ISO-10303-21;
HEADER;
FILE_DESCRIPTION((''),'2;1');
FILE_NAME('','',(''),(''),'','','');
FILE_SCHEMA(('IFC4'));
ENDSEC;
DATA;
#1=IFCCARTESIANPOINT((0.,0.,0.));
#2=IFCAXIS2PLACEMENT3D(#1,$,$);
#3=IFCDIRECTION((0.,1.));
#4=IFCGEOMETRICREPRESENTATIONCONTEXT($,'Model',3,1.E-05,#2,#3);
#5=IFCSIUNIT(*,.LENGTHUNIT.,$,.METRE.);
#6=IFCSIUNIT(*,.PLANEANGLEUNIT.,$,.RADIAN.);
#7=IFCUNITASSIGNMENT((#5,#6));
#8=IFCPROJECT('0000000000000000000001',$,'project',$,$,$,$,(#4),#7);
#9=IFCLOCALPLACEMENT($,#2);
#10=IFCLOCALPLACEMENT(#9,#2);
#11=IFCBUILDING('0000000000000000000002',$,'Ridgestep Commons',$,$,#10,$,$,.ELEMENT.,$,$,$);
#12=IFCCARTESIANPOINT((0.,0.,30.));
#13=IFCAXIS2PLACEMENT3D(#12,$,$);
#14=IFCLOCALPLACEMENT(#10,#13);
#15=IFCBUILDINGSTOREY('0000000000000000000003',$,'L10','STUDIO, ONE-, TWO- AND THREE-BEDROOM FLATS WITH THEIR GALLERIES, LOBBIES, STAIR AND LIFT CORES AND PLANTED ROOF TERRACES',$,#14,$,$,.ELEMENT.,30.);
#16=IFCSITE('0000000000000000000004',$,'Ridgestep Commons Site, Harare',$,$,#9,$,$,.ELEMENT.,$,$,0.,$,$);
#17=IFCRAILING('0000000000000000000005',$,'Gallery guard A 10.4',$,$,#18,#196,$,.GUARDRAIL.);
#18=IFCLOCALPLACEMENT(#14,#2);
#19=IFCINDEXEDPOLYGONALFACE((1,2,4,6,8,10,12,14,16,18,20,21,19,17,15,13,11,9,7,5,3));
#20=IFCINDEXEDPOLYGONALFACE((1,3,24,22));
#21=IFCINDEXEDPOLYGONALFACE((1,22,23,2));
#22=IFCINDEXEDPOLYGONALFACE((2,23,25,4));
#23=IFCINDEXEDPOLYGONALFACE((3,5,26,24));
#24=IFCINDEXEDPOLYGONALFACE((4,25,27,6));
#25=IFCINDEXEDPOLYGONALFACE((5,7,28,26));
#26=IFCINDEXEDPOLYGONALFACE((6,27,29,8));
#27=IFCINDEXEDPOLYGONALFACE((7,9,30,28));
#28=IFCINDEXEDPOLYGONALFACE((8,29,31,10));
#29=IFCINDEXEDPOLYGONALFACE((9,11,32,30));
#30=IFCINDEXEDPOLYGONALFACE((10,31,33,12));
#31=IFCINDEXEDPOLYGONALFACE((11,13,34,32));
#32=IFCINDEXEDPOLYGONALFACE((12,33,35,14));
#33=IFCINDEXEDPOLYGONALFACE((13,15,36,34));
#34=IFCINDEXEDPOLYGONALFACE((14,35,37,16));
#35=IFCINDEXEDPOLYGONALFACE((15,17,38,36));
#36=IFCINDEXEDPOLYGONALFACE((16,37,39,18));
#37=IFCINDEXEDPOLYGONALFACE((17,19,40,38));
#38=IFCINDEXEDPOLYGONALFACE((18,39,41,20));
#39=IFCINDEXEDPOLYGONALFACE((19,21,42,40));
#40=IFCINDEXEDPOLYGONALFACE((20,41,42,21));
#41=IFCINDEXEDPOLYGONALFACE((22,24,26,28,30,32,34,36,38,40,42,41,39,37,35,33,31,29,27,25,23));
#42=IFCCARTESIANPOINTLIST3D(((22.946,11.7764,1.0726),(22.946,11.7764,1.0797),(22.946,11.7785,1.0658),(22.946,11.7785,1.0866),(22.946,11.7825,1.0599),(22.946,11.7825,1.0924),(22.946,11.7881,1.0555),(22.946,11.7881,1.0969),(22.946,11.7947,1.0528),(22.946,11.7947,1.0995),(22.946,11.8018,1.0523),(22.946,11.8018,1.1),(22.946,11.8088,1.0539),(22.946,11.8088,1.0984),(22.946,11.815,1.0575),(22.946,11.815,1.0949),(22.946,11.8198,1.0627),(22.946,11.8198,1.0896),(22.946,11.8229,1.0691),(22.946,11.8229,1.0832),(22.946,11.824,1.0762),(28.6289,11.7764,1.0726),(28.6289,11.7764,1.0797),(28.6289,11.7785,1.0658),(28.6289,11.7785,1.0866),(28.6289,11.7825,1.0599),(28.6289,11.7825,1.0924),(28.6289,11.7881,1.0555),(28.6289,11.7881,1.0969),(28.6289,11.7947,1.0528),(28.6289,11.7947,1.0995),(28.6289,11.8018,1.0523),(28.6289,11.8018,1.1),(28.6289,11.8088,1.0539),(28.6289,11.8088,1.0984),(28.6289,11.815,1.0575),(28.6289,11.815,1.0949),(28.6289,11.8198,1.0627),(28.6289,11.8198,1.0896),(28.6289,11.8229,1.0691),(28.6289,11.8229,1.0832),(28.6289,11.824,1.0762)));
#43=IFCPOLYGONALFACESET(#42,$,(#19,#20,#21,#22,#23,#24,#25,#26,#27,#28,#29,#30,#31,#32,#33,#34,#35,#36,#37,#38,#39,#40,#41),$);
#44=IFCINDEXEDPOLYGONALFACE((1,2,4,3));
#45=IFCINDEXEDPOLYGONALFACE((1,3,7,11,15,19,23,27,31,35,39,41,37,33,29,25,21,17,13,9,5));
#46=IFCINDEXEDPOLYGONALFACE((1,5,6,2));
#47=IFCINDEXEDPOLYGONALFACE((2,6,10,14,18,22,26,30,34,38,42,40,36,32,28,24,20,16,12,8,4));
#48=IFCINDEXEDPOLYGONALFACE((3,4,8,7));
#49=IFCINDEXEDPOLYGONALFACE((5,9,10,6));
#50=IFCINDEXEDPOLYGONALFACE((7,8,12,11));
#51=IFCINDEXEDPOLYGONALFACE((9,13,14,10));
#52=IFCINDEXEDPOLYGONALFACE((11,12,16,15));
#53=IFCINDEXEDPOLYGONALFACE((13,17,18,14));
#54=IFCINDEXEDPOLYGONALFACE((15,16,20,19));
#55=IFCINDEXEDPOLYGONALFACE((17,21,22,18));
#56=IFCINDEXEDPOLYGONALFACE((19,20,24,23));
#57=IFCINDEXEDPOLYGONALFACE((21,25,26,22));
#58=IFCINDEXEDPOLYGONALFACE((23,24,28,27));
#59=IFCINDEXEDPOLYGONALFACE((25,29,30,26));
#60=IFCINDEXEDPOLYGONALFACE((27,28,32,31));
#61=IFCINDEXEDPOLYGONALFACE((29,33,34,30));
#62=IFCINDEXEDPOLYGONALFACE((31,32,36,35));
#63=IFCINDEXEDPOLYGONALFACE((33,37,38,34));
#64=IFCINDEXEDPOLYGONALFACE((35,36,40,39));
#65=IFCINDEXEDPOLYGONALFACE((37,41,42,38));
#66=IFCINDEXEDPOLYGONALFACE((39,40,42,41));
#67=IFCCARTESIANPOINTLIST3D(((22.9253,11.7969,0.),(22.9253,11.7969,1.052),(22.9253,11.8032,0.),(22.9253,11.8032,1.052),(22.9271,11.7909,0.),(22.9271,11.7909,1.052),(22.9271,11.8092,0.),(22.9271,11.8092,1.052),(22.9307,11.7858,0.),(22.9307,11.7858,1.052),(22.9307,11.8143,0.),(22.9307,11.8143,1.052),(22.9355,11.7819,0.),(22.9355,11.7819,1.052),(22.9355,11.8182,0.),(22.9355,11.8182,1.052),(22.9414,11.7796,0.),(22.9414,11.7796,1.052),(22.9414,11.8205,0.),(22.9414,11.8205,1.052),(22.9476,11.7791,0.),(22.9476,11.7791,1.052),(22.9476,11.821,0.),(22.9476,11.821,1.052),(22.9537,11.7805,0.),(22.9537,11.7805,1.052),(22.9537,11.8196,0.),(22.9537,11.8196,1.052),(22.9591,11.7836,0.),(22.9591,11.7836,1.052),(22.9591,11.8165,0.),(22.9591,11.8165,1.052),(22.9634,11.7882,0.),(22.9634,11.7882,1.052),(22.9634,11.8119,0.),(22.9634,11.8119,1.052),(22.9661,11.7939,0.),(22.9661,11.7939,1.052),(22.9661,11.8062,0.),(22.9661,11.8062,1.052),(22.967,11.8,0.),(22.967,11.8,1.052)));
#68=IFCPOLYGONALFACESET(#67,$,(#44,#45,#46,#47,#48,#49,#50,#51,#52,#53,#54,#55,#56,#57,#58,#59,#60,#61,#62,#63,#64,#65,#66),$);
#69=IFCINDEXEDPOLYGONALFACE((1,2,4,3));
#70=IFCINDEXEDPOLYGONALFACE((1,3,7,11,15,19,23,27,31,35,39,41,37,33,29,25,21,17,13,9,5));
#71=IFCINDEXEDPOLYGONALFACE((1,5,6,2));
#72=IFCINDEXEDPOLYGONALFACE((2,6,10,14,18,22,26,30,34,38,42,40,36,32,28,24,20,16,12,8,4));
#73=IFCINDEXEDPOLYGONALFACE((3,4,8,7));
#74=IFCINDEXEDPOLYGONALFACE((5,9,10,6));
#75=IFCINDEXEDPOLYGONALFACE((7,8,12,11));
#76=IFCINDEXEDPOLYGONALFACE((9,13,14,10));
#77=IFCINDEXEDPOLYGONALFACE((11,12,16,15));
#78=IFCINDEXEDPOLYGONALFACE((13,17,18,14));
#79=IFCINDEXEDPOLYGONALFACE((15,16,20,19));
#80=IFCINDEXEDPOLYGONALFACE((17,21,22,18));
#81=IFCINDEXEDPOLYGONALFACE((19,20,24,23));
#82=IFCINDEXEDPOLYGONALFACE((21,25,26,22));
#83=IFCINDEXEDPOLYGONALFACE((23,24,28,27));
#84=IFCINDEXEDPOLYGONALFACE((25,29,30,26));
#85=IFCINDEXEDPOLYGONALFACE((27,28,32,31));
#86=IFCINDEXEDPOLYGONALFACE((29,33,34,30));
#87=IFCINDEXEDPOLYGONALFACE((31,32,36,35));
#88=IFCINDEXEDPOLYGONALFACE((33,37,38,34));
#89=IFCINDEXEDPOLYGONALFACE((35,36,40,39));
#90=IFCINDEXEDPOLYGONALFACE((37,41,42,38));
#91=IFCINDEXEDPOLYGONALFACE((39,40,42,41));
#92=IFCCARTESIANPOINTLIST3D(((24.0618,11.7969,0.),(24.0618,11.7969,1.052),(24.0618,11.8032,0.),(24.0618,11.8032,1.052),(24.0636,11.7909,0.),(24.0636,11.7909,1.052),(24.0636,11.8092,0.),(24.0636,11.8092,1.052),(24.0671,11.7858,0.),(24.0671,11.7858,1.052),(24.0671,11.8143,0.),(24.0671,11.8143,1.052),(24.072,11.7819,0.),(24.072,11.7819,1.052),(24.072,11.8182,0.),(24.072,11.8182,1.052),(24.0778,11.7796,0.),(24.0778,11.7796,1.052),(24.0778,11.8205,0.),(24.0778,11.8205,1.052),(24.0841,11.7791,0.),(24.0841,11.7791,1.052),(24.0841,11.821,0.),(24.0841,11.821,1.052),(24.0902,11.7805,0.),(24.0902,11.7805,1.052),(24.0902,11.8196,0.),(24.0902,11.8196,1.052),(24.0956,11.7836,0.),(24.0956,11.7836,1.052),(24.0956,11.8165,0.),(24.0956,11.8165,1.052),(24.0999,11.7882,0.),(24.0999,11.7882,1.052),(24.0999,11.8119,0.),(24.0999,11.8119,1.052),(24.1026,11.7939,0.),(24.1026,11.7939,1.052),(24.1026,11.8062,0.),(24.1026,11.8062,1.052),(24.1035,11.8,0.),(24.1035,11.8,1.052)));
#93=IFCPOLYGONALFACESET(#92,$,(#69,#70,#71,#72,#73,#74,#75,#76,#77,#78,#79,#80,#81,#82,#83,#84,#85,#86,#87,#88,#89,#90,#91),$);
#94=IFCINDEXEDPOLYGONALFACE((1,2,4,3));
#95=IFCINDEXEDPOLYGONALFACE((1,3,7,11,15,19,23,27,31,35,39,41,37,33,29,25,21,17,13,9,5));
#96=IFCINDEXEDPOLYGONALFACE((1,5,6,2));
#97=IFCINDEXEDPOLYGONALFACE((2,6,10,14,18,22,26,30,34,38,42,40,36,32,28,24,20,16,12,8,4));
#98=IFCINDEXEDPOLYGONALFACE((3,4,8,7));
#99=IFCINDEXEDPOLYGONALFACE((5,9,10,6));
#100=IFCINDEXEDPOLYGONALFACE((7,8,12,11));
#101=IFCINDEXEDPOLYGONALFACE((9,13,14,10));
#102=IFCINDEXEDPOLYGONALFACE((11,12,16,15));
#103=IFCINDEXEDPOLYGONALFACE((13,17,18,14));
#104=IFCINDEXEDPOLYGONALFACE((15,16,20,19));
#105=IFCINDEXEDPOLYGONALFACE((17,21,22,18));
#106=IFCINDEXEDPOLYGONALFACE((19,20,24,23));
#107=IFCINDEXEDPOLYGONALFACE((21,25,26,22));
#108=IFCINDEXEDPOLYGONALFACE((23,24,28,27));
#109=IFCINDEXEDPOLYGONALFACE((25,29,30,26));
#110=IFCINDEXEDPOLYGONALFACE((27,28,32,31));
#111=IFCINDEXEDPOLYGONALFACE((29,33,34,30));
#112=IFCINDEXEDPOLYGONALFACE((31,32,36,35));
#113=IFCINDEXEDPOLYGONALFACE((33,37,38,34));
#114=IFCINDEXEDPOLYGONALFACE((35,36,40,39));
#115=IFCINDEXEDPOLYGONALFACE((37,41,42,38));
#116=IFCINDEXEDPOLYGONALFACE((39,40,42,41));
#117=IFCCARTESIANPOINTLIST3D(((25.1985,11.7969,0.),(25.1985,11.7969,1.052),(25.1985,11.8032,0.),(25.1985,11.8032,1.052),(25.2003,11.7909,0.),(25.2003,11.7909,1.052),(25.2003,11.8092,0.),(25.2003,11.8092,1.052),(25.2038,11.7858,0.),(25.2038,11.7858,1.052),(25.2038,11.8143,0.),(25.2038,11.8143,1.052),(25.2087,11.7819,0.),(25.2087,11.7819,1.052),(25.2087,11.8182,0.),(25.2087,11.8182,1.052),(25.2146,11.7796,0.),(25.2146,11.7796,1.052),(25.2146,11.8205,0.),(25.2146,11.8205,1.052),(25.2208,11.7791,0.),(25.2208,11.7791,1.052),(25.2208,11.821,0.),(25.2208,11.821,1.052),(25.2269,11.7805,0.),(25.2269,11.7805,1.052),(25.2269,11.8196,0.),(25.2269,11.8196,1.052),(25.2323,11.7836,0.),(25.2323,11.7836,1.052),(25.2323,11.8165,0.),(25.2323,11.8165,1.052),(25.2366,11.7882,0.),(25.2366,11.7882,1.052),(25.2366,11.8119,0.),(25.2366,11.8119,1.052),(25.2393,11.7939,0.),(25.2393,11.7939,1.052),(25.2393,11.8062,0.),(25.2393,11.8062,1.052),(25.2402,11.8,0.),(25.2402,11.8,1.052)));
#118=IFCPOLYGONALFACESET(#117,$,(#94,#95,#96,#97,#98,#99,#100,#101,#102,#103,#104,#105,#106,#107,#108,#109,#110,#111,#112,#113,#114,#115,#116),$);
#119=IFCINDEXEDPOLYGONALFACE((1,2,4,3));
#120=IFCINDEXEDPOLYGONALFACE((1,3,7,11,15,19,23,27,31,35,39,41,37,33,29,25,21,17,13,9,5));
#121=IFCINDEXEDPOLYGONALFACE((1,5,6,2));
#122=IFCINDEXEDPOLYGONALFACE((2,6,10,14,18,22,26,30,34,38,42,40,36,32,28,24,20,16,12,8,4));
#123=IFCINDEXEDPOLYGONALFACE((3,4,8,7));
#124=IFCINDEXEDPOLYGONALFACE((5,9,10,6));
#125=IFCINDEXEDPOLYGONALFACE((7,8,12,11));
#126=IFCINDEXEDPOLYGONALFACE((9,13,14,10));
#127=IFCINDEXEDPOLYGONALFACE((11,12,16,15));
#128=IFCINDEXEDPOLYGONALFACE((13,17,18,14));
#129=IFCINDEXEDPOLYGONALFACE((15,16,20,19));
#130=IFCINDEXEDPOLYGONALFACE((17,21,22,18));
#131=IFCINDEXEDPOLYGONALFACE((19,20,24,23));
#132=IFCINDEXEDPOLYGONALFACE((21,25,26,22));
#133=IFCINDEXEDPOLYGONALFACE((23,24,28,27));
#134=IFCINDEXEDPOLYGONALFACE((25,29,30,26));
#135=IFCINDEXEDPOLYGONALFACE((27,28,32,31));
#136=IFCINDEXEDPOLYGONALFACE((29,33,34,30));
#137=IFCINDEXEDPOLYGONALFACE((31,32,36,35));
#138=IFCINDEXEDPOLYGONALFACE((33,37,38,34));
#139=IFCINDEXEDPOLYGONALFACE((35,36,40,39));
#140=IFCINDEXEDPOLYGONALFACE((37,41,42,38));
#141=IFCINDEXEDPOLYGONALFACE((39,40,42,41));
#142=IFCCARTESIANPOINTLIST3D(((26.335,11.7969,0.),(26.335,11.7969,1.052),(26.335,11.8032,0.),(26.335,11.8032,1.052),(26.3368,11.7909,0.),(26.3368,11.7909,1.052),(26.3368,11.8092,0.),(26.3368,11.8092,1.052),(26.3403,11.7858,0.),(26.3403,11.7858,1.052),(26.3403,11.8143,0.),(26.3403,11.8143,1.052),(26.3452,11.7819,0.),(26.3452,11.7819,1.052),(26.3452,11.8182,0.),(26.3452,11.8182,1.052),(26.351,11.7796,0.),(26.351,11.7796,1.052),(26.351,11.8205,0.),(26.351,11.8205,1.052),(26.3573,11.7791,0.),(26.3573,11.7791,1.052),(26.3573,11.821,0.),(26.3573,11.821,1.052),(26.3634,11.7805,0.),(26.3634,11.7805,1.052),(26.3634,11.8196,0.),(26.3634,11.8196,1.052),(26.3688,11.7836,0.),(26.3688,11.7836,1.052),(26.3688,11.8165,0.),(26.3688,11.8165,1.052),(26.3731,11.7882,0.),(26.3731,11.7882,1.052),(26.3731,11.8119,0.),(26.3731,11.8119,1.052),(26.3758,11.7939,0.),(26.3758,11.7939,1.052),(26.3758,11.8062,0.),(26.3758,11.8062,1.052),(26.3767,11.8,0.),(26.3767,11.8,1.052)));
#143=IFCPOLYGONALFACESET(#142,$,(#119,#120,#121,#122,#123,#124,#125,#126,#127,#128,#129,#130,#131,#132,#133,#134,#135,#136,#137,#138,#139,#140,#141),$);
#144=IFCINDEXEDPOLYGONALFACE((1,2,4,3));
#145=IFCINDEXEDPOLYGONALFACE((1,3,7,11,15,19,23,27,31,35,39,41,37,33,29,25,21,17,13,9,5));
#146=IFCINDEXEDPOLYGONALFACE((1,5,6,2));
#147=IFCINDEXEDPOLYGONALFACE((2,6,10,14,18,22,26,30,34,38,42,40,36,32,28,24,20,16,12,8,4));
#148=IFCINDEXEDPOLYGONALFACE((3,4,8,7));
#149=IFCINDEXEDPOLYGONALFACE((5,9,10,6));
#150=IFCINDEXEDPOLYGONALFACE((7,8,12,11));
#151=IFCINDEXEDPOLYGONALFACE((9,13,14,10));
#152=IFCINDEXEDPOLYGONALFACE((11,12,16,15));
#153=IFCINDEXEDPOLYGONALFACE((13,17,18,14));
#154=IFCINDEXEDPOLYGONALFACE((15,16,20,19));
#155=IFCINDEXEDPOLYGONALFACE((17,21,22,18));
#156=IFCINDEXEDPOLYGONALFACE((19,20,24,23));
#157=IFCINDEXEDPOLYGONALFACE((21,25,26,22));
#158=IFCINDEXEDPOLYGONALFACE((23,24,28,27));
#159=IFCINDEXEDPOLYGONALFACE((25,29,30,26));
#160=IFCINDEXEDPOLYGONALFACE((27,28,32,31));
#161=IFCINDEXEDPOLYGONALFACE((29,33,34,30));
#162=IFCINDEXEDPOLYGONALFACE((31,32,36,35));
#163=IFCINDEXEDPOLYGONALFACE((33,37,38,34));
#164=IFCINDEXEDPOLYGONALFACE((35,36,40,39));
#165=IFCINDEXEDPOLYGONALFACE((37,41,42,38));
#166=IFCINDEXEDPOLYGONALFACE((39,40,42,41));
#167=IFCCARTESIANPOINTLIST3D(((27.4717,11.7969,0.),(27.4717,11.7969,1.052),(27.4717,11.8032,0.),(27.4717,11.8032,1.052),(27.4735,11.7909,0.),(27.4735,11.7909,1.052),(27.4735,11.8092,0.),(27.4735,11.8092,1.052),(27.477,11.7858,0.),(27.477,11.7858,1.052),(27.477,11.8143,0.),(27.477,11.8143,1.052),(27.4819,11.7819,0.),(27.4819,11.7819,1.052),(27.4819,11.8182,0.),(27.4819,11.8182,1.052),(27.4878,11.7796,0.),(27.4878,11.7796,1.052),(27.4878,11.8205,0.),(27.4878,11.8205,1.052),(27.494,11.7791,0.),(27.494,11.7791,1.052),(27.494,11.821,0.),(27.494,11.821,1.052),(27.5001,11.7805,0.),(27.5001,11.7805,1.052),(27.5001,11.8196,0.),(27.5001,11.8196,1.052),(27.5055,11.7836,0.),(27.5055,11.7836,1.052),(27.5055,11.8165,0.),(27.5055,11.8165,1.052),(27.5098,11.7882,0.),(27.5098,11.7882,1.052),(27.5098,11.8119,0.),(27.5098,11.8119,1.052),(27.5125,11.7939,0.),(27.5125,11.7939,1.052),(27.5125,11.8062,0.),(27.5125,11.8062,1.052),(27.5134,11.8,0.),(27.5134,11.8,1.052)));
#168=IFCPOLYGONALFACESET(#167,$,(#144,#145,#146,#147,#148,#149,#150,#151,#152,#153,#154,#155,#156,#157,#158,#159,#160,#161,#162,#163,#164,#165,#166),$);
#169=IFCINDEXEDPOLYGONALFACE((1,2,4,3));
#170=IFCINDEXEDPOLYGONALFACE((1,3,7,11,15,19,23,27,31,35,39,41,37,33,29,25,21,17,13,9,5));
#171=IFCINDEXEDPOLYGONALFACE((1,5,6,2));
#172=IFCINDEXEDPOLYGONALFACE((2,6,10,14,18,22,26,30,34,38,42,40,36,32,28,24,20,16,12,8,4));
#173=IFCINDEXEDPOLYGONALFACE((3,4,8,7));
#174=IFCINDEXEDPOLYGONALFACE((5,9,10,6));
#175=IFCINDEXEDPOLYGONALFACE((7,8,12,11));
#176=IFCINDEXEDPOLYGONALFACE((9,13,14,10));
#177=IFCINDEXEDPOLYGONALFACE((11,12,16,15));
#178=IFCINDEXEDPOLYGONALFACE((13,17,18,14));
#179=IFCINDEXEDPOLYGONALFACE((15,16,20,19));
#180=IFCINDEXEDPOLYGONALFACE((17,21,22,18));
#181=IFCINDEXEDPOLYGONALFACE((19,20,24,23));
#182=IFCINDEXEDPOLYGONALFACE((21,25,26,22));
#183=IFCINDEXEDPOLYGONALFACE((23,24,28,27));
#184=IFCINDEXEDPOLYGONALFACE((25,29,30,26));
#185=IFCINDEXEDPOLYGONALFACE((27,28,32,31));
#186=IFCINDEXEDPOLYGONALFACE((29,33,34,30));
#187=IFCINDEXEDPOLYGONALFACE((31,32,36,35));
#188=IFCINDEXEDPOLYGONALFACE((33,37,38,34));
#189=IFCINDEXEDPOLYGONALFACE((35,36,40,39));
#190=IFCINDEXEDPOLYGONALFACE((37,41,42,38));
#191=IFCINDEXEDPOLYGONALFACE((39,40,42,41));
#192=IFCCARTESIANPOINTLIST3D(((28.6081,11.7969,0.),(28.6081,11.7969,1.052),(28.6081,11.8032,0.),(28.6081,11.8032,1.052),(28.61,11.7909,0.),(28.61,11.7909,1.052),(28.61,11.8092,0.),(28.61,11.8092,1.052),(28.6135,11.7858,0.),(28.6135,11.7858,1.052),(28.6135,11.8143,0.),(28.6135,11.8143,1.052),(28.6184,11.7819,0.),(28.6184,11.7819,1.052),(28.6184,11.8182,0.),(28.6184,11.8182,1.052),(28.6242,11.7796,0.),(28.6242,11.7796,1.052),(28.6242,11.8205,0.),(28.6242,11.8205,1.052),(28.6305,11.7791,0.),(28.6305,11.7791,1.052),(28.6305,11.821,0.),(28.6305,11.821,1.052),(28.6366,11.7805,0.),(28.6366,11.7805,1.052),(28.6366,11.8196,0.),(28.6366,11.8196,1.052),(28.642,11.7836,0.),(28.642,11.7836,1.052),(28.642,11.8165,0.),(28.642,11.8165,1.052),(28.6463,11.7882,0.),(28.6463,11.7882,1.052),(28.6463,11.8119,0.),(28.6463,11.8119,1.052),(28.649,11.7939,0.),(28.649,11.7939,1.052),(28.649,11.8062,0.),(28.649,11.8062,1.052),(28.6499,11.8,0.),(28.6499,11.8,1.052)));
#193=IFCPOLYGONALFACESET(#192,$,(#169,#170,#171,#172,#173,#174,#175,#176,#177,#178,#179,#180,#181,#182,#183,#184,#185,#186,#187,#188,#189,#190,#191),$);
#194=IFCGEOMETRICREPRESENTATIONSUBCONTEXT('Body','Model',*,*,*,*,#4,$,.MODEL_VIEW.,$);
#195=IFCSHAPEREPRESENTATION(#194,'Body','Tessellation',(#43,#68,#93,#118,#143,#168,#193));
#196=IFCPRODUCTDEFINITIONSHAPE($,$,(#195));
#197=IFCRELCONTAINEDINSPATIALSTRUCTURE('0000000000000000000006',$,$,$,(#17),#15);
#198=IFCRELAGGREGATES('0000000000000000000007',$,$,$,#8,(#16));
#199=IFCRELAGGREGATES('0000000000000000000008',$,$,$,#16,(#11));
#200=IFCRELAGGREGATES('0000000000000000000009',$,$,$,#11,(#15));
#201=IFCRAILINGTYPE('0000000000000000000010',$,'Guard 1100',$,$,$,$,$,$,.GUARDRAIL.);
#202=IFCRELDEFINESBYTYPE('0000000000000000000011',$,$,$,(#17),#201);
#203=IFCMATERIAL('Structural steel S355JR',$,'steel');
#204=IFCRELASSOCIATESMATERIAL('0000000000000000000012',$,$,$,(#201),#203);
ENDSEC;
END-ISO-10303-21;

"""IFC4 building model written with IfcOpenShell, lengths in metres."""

from ifc_helpers import new_model, si_unit, direction, frame, origin, origin_2d, place, context, subcontext, project, spatial, circle, extrude, material, type_object, element, save


model = new_model("IFC4")

# Units and contexts
model_context = context("Model", 3, precision=1e-05, world=origin(), true_north=direction((0.0, 1.0)))
body_context = subcontext(model_context, "Body", "Model", "MODEL_VIEW")
ifc_project = project(units=[si_unit("LENGTHUNIT", "METRE"), si_unit("PLANEANGLEUNIT", "RADIAN")], contexts=[model_context])

# Site, building, storey
site_placement = place(None, origin())
site = spatial("IfcSite", under=ifc_project, at=site_placement, Name="Ridgestep Commons Site, Harare", CompositionType="ELEMENT", RefElevation=0.0)
building_placement = place(site_placement, origin())
building = spatial("IfcBuilding", under=site, at=building_placement, Name="Ridgestep Commons", CompositionType="ELEMENT")
storey_placement = place(building_placement, frame((0.0, 0.0, 30.0)))
storey = spatial("IfcBuildingStorey", under=building, at=storey_placement, Name="L10", Description="STUDIO, ONE-, TWO- AND THREE-BEDROOM FLATS WITH THEIR GALLERIES, LOBBIES, STAIR AND LIFT CORES AND PLANTED ROOF TERRACES", CompositionType="ELEMENT", Elevation=30.0)

# Railing
ifc_material_1 = material(Name="Structural steel S355JR", Category="steel")
railing_type = type_object("IfcRailingType", Name="Guard 1100", PredefinedType="GUARDRAIL", material=ifc_material_1)
railing_1_placement = place(storey_placement, frame((22.946, 11.8, 0.0)))
element("IfcRailing", 1, at=railing_1_placement, inside=storey, type_object=railing_type, Name="Gallery guard A 10.4", PredefinedType="GUARDRAIL", context=body_context, shape_type="SweptSolid", body=[
    extrude(circle(Radius=0.0239, at=origin_2d()), frame((0.0, 0.0, 1.0762), z_axis=(1.0, 0.0, 0.0), x_axis=(0.0, 1.0, 0.0)), (0.0, 0.0, 1.0), 5.6829),
    extrude(circle(Radius=0.021, at=origin_2d()), origin(), (0.0, 0.0, 1.0), 1.052),
    extrude(circle(Radius=0.021, at=origin_2d()), frame((1.1365, 0.0, 0.0)), (0.0, 0.0, 1.0), 1.052),
    extrude(circle(Radius=0.021, at=origin_2d()), frame((2.2732, 0.0, 0.0)), (0.0, 0.0, 1.0), 1.052),
    extrude(circle(Radius=0.021, at=origin_2d()), frame((3.4097, 0.0, 0.0)), (0.0, 0.0, 1.0), 1.052),
    extrude(circle(Radius=0.021, at=origin_2d()), frame((4.5464, 0.0, 0.0)), (0.0, 0.0, 1.0), 1.052),
    extrude(circle(Radius=0.021, at=origin_2d()), frame((5.6829, 0.0, 0.0)), (0.0, 0.0, 1.0), 1.052),
])

save(model, "model.ifc")
